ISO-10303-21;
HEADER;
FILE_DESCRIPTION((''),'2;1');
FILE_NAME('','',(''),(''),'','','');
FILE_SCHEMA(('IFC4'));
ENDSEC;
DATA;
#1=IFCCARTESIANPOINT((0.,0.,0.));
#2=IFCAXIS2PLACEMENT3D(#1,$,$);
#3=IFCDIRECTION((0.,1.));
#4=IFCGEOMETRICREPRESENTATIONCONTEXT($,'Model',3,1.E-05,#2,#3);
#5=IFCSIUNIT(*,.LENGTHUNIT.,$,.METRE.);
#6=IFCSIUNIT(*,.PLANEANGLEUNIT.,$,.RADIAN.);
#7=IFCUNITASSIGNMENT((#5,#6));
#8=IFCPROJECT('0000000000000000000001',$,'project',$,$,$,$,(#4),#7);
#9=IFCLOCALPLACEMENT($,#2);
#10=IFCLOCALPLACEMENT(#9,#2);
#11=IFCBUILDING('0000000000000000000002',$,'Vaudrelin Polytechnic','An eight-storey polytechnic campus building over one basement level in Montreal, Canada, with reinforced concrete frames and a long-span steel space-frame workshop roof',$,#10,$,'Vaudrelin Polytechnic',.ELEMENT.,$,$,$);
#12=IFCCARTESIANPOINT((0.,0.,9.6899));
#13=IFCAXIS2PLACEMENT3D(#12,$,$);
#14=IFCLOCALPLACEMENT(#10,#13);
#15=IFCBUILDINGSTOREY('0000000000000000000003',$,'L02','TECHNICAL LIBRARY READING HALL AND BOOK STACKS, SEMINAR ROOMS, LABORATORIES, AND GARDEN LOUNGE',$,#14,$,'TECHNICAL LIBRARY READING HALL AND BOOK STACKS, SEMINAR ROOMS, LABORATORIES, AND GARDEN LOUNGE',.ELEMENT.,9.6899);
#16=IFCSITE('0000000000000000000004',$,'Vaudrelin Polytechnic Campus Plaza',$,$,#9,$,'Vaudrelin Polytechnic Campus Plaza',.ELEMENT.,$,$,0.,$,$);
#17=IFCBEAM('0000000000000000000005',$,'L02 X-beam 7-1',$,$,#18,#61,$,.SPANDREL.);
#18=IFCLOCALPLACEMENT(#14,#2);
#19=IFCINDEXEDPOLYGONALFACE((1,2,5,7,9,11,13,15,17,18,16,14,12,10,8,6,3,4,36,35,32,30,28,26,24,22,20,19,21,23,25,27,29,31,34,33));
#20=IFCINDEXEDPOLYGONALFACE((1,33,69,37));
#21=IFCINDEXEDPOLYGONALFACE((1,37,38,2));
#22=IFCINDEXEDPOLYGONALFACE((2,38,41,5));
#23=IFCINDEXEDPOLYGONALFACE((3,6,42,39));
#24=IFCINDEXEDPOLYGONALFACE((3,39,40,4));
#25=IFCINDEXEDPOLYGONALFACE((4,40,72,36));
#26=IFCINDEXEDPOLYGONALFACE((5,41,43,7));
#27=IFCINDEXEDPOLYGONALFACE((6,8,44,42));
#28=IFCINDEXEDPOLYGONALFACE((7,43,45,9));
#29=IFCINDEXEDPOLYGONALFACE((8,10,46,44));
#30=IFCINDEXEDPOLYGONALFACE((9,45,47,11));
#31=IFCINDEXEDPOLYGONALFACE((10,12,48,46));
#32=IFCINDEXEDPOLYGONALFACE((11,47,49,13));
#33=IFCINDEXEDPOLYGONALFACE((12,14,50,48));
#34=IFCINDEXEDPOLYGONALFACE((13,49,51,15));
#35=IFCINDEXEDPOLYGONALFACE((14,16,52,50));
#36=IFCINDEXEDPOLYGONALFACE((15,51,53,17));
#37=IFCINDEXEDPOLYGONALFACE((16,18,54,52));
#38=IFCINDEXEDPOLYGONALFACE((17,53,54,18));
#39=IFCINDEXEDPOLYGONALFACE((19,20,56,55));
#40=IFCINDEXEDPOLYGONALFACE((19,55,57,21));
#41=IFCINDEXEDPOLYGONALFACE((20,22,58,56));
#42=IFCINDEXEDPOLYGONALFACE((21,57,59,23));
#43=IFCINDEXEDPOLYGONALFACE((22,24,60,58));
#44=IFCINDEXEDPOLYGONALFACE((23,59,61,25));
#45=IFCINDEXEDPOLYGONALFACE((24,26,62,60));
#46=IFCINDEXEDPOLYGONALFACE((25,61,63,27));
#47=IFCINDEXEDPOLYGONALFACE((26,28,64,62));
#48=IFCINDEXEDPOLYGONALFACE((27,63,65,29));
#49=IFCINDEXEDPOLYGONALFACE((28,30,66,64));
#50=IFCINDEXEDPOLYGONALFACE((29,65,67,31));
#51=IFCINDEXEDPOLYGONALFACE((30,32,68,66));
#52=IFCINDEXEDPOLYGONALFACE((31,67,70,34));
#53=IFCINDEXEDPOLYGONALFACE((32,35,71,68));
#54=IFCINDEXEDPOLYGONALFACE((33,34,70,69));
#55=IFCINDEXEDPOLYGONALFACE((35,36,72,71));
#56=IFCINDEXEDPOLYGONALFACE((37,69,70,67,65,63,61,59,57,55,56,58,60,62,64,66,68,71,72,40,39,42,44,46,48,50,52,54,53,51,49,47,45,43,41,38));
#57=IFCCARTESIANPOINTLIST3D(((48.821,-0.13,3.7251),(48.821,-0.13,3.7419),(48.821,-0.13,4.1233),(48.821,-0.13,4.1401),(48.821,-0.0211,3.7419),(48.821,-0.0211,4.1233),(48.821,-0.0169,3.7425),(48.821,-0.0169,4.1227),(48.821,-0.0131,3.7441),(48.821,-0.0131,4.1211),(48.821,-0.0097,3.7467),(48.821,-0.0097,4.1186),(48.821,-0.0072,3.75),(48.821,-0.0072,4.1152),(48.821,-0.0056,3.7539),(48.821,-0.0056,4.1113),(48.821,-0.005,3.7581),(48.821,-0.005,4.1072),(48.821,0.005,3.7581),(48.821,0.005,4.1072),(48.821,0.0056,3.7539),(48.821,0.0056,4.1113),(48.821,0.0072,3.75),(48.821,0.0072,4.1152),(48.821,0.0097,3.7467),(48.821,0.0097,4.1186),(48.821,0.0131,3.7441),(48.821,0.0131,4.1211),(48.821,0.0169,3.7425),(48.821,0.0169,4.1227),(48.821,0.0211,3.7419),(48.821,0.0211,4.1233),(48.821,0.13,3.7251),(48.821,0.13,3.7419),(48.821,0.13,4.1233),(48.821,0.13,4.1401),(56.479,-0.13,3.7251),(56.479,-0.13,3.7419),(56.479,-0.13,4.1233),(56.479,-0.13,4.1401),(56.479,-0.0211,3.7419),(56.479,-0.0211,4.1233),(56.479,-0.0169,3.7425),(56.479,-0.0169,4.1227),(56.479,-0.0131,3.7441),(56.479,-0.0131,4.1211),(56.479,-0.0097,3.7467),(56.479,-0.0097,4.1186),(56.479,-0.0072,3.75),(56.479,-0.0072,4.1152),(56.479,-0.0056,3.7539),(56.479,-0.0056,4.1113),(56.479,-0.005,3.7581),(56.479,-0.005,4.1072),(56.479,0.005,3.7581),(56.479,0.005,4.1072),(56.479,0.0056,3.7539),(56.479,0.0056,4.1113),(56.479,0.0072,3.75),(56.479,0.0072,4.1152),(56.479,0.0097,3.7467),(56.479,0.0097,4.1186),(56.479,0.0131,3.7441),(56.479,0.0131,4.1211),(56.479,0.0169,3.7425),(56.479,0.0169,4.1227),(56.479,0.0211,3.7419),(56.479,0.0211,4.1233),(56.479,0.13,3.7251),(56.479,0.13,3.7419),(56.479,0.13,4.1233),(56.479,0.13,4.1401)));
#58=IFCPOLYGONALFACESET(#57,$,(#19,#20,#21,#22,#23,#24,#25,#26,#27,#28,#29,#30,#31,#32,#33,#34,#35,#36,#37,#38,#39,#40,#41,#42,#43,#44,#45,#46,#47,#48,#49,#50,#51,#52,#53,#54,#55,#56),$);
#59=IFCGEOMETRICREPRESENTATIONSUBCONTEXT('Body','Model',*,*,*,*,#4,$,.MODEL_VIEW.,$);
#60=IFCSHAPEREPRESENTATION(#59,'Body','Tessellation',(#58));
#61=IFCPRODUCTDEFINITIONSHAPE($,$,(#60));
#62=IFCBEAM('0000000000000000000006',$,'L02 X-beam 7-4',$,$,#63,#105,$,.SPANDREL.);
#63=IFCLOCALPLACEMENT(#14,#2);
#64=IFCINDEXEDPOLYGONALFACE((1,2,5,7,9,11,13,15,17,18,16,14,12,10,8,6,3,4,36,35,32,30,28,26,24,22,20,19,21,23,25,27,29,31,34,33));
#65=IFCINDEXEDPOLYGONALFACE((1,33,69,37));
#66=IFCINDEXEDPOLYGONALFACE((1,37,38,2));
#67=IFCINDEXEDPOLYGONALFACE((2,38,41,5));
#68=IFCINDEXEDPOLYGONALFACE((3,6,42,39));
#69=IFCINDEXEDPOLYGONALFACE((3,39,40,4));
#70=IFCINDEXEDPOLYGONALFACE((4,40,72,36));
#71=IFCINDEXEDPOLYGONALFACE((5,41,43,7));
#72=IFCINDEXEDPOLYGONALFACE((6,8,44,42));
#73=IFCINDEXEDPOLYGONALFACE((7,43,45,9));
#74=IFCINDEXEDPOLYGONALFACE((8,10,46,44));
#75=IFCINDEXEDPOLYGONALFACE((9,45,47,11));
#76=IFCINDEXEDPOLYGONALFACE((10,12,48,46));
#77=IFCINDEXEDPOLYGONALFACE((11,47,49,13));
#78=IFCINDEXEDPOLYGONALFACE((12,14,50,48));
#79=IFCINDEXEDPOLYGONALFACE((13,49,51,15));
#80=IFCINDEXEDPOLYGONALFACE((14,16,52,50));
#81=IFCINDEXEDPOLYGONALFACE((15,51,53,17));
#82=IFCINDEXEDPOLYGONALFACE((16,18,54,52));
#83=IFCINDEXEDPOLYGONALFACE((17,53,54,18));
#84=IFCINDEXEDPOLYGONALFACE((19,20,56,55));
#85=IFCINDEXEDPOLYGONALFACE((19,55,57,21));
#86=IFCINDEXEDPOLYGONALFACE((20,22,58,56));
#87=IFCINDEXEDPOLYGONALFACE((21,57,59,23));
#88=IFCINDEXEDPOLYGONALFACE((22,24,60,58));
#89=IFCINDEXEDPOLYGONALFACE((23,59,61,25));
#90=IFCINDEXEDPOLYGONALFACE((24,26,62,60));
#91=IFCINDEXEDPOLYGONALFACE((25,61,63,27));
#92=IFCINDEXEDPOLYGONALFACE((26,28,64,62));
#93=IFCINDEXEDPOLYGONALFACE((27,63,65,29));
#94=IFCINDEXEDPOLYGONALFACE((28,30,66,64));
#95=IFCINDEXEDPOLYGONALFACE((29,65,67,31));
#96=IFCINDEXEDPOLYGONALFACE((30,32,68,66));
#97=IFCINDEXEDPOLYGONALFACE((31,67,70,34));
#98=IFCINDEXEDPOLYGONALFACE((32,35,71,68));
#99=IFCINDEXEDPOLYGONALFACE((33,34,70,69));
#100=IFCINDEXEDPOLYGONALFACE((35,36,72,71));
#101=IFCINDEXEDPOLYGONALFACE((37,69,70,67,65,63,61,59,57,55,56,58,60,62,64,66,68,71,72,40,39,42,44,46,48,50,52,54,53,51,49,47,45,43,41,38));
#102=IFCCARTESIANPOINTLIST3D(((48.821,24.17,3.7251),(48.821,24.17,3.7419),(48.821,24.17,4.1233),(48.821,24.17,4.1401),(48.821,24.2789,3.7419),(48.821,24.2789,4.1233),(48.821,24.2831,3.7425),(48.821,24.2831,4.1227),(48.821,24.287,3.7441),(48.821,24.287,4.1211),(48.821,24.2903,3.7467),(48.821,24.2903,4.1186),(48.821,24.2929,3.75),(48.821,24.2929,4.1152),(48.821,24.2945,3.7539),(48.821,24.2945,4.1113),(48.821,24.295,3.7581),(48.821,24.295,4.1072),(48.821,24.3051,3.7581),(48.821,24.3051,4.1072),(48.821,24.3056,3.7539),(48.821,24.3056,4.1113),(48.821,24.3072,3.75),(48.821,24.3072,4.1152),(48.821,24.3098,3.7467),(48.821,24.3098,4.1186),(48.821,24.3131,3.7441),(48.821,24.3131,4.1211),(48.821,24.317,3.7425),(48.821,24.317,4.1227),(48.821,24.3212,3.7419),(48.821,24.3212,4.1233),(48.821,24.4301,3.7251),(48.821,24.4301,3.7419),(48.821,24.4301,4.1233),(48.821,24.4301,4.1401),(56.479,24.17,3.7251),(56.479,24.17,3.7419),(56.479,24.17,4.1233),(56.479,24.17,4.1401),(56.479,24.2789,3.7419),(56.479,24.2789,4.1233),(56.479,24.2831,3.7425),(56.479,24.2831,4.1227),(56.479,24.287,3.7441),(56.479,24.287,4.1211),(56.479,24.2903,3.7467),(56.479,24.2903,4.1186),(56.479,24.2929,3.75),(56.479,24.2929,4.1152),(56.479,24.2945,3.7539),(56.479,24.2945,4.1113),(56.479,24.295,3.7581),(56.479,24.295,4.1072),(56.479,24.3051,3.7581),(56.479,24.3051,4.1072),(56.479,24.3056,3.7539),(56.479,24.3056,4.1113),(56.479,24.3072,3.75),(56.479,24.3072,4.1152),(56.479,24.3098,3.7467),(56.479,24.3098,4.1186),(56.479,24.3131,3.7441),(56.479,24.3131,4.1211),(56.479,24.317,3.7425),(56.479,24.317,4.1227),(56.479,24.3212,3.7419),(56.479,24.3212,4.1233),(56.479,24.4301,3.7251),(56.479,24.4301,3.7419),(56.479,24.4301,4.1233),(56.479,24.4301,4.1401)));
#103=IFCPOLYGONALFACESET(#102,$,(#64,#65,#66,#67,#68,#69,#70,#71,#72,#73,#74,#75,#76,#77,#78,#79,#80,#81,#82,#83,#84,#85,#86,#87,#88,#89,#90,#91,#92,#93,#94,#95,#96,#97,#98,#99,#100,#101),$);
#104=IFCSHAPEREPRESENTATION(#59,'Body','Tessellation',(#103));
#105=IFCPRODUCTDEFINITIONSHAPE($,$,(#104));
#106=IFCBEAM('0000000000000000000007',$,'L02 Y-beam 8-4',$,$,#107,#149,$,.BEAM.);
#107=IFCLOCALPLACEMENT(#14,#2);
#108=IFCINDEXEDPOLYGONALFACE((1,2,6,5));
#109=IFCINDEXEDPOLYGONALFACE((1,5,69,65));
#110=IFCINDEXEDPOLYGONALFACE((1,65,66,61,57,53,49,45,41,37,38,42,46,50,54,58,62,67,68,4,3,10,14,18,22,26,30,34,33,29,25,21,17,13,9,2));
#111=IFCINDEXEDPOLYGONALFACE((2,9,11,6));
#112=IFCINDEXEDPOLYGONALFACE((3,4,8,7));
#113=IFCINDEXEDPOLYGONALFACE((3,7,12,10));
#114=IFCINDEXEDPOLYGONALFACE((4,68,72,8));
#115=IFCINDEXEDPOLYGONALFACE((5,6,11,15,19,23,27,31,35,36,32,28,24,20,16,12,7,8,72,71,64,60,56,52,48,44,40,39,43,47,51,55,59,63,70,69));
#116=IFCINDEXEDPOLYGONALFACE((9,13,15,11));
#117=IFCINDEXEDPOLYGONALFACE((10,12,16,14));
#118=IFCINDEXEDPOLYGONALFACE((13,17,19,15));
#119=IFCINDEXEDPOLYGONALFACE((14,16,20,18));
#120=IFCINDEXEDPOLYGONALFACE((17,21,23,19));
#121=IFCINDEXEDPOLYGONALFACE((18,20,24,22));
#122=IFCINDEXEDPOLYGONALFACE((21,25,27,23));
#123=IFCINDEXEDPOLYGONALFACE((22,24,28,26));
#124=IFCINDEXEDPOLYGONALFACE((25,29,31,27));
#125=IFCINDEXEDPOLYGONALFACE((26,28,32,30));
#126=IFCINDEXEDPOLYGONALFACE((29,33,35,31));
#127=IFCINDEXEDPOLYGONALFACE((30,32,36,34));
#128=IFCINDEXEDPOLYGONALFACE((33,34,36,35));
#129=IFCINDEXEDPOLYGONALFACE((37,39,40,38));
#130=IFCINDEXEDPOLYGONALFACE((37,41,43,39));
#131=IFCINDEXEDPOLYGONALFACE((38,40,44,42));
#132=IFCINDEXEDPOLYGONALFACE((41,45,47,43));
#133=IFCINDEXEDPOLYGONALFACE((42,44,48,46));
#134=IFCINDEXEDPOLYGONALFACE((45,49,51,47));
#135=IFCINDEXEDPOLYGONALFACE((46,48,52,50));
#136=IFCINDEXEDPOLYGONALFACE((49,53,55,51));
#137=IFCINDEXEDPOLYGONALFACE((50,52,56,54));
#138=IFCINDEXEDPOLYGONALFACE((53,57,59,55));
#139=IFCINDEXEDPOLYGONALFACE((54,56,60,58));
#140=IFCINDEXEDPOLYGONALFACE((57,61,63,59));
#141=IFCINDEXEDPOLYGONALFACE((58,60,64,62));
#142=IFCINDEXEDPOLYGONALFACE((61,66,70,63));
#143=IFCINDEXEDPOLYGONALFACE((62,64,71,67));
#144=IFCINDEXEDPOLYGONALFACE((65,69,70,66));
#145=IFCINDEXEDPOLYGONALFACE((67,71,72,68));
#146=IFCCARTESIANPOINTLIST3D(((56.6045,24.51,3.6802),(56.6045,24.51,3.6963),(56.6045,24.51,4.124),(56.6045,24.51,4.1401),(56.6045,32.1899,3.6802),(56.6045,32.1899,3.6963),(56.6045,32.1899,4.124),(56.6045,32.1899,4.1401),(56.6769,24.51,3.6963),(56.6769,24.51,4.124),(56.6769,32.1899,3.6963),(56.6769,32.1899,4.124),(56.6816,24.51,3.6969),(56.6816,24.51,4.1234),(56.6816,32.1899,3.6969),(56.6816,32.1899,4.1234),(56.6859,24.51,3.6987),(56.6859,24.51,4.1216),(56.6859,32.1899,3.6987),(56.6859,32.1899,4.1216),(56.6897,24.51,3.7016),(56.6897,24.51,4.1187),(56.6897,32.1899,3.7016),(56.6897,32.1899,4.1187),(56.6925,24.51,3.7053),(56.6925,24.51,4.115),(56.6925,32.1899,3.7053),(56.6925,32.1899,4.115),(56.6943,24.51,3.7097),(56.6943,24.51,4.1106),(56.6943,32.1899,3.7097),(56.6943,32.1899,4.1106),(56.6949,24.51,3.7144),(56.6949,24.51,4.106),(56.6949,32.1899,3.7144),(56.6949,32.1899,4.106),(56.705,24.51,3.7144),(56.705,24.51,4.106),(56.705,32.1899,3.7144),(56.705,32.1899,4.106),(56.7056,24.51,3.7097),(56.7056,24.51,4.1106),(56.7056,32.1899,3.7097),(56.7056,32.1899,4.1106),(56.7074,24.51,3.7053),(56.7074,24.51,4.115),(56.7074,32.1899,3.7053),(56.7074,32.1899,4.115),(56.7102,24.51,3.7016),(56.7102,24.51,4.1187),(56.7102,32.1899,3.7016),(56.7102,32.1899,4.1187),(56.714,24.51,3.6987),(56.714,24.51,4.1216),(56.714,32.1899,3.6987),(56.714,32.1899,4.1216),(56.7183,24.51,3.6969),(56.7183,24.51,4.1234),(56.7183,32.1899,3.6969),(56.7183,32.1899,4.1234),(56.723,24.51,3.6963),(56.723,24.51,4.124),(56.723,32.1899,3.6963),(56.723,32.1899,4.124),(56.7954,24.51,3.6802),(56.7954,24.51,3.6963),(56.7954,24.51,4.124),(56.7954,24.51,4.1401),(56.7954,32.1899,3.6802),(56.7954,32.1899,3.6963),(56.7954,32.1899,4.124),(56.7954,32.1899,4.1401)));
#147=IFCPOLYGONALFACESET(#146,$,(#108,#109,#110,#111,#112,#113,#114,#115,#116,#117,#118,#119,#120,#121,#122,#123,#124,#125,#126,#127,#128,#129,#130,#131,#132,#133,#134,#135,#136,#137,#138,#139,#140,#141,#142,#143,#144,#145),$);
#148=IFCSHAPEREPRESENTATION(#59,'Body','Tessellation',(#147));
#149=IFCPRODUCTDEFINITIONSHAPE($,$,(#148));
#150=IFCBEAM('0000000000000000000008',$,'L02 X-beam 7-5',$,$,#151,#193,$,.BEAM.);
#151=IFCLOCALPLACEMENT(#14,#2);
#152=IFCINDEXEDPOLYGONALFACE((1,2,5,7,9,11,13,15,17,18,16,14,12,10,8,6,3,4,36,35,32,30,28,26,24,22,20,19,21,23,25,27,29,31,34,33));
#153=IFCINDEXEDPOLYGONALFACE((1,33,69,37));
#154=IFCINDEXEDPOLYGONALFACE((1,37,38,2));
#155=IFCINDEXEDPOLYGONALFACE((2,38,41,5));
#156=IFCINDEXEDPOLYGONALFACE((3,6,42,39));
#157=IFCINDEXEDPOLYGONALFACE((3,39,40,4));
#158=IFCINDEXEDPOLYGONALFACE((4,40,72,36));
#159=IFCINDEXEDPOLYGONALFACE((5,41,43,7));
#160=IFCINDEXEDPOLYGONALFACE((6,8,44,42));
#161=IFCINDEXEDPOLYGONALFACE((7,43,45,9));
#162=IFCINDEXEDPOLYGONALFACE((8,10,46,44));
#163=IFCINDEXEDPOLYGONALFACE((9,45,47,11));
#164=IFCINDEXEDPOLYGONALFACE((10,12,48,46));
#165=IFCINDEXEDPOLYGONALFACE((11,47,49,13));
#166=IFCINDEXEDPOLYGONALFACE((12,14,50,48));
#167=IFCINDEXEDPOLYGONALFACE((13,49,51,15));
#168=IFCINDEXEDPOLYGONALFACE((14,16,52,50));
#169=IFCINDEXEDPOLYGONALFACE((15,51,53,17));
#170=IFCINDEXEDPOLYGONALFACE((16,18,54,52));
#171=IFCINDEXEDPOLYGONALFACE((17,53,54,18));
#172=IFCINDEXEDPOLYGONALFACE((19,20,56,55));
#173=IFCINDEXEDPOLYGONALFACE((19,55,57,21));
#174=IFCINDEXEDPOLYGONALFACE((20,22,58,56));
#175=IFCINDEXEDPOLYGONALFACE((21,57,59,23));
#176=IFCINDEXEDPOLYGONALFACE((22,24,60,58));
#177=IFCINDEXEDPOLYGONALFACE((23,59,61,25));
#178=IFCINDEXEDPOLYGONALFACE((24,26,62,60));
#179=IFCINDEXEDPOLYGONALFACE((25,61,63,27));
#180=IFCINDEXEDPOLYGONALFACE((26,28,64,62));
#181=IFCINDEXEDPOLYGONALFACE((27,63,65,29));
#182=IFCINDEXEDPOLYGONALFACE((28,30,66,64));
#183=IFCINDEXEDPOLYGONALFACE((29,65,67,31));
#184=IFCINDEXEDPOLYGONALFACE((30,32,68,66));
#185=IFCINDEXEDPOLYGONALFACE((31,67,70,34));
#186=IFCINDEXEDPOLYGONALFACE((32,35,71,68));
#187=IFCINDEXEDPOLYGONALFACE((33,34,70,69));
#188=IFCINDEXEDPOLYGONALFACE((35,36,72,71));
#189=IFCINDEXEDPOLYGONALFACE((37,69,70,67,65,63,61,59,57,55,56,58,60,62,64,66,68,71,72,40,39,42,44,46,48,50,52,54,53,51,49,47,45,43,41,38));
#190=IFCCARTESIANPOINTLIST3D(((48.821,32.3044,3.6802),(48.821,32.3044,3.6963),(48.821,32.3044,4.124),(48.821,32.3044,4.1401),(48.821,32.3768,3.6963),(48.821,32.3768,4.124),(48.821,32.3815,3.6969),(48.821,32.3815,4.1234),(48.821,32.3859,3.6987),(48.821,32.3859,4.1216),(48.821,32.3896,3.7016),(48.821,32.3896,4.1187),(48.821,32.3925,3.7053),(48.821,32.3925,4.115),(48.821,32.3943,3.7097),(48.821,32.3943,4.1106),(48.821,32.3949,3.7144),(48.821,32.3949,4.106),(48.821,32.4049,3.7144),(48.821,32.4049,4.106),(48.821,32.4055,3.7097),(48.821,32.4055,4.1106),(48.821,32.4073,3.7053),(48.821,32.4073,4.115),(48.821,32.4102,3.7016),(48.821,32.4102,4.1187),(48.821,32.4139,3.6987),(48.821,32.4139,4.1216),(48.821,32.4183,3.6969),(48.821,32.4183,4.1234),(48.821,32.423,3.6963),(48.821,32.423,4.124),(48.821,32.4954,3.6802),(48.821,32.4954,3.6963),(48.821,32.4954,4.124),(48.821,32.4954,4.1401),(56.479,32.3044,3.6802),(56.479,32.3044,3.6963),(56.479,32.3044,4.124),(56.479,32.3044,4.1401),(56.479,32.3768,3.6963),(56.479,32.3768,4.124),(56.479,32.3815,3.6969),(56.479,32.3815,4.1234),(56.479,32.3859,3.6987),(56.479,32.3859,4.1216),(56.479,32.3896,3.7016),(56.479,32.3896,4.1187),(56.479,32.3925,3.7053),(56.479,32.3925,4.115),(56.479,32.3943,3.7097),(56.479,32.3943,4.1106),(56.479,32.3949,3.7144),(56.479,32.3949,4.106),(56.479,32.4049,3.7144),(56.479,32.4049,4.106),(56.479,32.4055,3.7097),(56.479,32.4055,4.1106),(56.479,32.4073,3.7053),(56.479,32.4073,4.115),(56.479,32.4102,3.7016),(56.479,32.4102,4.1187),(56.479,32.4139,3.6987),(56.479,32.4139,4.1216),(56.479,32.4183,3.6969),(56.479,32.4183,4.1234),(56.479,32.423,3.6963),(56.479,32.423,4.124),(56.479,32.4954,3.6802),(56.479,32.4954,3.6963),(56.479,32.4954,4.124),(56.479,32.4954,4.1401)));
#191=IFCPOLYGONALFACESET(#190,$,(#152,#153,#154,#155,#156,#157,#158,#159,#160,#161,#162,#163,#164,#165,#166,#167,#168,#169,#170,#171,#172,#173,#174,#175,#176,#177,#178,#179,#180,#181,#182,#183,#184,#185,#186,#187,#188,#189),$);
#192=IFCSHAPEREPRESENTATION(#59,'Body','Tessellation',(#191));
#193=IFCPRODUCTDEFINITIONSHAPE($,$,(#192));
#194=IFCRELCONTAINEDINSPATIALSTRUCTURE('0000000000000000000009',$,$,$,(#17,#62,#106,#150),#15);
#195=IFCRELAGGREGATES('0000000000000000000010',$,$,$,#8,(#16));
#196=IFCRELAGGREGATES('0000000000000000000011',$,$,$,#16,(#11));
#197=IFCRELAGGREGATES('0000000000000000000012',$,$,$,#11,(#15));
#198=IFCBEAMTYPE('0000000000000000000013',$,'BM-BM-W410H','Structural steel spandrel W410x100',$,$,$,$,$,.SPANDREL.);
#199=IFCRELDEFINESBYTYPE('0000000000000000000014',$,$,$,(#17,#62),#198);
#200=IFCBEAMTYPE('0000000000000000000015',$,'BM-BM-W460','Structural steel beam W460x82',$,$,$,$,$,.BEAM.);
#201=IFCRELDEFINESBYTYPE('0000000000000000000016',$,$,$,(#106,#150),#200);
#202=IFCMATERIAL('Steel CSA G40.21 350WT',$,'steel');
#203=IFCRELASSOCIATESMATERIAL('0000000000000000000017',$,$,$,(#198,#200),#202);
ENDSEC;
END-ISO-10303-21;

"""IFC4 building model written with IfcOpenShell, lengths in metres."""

from ifc_helpers import new_model, si_unit, direction, frame, origin, origin_2d, place, context, subcontext, project, spatial, i_section, extrude, material, material_profile, profile_set, type_object, element, save


model = new_model("IFC4")

# Units and contexts
model_context = context("Model", 3, precision=1e-05, world=origin(), true_north=direction((0.0, 1.0)))
body_context = subcontext(model_context, "Body", "Model", "MODEL_VIEW")
ifc_project = project(units=[si_unit("LENGTHUNIT", "METRE"), si_unit("PLANEANGLEUNIT", "RADIAN")], contexts=[model_context])

# Site, building, storey
site_placement = place(None, origin())
site = spatial("IfcSite", under=ifc_project, at=site_placement, Name="Vaudrelin Polytechnic Campus Plaza", LongName="Vaudrelin Polytechnic Campus Plaza", CompositionType="ELEMENT", RefElevation=0.0)
building_placement = place(site_placement, origin())
building = spatial("IfcBuilding", under=site, at=building_placement, Name="Vaudrelin Polytechnic", Description="An eight-storey polytechnic campus building over one basement level in Montreal, Canada, with reinforced concrete frames and a long-span steel space-frame workshop roof", LongName="Vaudrelin Polytechnic", CompositionType="ELEMENT")
storey_placement = place(building_placement, frame((0.0, 0.0, 9.6899)))
storey = spatial("IfcBuildingStorey", under=building, at=storey_placement, Name="L02", Description="TECHNICAL LIBRARY READING HALL AND BOOK STACKS, SEMINAR ROOMS, LABORATORIES, AND GARDEN LOUNGE", LongName="TECHNICAL LIBRARY READING HALL AND BOOK STACKS, SEMINAR ROOMS, LABORATORIES, AND GARDEN LOUNGE", CompositionType="ELEMENT", Elevation=9.6899)

# Beams
ifc_material_1 = material(Name="Steel CSA G40.21 350WT", Category="steel")
ifc_material_profile_1 = material_profile(ifc_material_1, i_section(OverallWidth=0.26, OverallDepth=0.415, WebThickness=0.01, FlangeThickness=0.0168, FilletRadius=0.0161, at=origin_2d()), Name="W410x100")
ifc_profile_set_1 = profile_set([ifc_material_profile_1], Name="Steel CSA G40.21 350WT")
beam_type_1 = type_object("IfcBeamType", Name="BM-BM-W410H", Description="Structural steel spandrel W410x100", PredefinedType="SPANDREL", material=ifc_profile_set_1)
for number, where, z_axis, x_axis, name in (
    (1, (48.821, 0.0, 3.9326), (1.0, 0.0, 0.0), (0.0, 1.0, 0.0), "L02 X-beam 7-1"),
    (2, (48.821, 24.3, 3.9326), (1.0, 0.0, 0.0), (0.0, 1.0, 0.0), "L02 X-beam 7-4"),
):
    element("IfcBeam", number, at=place(storey_placement, frame(where, z_axis=z_axis, x_axis=x_axis)), inside=storey, type_object=beam_type_1, Name=name, PredefinedType="SPANDREL", context=body_context, shape_type="SweptSolid", body=[
        extrude(i_section(OverallWidth=0.26, OverallDepth=0.415, WebThickness=0.01, FlangeThickness=0.0168, FilletRadius=0.0161, at=origin_2d()), origin(), (0.0, 0.0, 1.0), 7.658),
    ])
ifc_material_profile_2 = material_profile(ifc_material_1, i_section(OverallWidth=0.1909, OverallDepth=0.46, WebThickness=0.01, FlangeThickness=0.0161, FilletRadius=0.0181, at=origin_2d()), Name="W460x82")
ifc_profile_set_2 = profile_set([ifc_material_profile_2], Name="Steel CSA G40.21 350WT")
beam_type_2 = type_object("IfcBeamType", Name="BM-BM-W460", Description="Structural steel beam W460x82", PredefinedType="BEAM", material=ifc_profile_set_2)
beam_1_placement = place(storey_placement, frame((56.7, 24.51, 3.9102), z_axis=(0.0, 1.0, 0.0), x_axis=(-1.0, 0.0, 0.0)))
element("IfcBeam", 3, at=beam_1_placement, inside=storey, type_object=beam_type_2, Name="L02 Y-beam 8-4", PredefinedType="BEAM", context=body_context, shape_type="SweptSolid", body=[
    extrude(i_section(OverallWidth=0.1909, OverallDepth=0.46, WebThickness=0.01, FlangeThickness=0.0161, FilletRadius=0.0181, at=origin_2d()), origin(), (0.0, 0.0, 1.0), 7.6799),
])
beam_2_placement = place(storey_placement, frame((48.821, 32.3999, 3.9102), z_axis=(1.0, 0.0, 0.0), x_axis=(0.0, 1.0, 0.0)))
element("IfcBeam", 4, at=beam_2_placement, inside=storey, type_object=beam_type_2, Name="L02 X-beam 7-5", PredefinedType="BEAM", context=body_context, shape_type="SweptSolid", body=[
    extrude(i_section(OverallWidth=0.1909, OverallDepth=0.46, WebThickness=0.01, FlangeThickness=0.0161, FilletRadius=0.0181, at=origin_2d()), origin(), (0.0, 0.0, 1.0), 7.658),
])

save(model, "model.ifc")
